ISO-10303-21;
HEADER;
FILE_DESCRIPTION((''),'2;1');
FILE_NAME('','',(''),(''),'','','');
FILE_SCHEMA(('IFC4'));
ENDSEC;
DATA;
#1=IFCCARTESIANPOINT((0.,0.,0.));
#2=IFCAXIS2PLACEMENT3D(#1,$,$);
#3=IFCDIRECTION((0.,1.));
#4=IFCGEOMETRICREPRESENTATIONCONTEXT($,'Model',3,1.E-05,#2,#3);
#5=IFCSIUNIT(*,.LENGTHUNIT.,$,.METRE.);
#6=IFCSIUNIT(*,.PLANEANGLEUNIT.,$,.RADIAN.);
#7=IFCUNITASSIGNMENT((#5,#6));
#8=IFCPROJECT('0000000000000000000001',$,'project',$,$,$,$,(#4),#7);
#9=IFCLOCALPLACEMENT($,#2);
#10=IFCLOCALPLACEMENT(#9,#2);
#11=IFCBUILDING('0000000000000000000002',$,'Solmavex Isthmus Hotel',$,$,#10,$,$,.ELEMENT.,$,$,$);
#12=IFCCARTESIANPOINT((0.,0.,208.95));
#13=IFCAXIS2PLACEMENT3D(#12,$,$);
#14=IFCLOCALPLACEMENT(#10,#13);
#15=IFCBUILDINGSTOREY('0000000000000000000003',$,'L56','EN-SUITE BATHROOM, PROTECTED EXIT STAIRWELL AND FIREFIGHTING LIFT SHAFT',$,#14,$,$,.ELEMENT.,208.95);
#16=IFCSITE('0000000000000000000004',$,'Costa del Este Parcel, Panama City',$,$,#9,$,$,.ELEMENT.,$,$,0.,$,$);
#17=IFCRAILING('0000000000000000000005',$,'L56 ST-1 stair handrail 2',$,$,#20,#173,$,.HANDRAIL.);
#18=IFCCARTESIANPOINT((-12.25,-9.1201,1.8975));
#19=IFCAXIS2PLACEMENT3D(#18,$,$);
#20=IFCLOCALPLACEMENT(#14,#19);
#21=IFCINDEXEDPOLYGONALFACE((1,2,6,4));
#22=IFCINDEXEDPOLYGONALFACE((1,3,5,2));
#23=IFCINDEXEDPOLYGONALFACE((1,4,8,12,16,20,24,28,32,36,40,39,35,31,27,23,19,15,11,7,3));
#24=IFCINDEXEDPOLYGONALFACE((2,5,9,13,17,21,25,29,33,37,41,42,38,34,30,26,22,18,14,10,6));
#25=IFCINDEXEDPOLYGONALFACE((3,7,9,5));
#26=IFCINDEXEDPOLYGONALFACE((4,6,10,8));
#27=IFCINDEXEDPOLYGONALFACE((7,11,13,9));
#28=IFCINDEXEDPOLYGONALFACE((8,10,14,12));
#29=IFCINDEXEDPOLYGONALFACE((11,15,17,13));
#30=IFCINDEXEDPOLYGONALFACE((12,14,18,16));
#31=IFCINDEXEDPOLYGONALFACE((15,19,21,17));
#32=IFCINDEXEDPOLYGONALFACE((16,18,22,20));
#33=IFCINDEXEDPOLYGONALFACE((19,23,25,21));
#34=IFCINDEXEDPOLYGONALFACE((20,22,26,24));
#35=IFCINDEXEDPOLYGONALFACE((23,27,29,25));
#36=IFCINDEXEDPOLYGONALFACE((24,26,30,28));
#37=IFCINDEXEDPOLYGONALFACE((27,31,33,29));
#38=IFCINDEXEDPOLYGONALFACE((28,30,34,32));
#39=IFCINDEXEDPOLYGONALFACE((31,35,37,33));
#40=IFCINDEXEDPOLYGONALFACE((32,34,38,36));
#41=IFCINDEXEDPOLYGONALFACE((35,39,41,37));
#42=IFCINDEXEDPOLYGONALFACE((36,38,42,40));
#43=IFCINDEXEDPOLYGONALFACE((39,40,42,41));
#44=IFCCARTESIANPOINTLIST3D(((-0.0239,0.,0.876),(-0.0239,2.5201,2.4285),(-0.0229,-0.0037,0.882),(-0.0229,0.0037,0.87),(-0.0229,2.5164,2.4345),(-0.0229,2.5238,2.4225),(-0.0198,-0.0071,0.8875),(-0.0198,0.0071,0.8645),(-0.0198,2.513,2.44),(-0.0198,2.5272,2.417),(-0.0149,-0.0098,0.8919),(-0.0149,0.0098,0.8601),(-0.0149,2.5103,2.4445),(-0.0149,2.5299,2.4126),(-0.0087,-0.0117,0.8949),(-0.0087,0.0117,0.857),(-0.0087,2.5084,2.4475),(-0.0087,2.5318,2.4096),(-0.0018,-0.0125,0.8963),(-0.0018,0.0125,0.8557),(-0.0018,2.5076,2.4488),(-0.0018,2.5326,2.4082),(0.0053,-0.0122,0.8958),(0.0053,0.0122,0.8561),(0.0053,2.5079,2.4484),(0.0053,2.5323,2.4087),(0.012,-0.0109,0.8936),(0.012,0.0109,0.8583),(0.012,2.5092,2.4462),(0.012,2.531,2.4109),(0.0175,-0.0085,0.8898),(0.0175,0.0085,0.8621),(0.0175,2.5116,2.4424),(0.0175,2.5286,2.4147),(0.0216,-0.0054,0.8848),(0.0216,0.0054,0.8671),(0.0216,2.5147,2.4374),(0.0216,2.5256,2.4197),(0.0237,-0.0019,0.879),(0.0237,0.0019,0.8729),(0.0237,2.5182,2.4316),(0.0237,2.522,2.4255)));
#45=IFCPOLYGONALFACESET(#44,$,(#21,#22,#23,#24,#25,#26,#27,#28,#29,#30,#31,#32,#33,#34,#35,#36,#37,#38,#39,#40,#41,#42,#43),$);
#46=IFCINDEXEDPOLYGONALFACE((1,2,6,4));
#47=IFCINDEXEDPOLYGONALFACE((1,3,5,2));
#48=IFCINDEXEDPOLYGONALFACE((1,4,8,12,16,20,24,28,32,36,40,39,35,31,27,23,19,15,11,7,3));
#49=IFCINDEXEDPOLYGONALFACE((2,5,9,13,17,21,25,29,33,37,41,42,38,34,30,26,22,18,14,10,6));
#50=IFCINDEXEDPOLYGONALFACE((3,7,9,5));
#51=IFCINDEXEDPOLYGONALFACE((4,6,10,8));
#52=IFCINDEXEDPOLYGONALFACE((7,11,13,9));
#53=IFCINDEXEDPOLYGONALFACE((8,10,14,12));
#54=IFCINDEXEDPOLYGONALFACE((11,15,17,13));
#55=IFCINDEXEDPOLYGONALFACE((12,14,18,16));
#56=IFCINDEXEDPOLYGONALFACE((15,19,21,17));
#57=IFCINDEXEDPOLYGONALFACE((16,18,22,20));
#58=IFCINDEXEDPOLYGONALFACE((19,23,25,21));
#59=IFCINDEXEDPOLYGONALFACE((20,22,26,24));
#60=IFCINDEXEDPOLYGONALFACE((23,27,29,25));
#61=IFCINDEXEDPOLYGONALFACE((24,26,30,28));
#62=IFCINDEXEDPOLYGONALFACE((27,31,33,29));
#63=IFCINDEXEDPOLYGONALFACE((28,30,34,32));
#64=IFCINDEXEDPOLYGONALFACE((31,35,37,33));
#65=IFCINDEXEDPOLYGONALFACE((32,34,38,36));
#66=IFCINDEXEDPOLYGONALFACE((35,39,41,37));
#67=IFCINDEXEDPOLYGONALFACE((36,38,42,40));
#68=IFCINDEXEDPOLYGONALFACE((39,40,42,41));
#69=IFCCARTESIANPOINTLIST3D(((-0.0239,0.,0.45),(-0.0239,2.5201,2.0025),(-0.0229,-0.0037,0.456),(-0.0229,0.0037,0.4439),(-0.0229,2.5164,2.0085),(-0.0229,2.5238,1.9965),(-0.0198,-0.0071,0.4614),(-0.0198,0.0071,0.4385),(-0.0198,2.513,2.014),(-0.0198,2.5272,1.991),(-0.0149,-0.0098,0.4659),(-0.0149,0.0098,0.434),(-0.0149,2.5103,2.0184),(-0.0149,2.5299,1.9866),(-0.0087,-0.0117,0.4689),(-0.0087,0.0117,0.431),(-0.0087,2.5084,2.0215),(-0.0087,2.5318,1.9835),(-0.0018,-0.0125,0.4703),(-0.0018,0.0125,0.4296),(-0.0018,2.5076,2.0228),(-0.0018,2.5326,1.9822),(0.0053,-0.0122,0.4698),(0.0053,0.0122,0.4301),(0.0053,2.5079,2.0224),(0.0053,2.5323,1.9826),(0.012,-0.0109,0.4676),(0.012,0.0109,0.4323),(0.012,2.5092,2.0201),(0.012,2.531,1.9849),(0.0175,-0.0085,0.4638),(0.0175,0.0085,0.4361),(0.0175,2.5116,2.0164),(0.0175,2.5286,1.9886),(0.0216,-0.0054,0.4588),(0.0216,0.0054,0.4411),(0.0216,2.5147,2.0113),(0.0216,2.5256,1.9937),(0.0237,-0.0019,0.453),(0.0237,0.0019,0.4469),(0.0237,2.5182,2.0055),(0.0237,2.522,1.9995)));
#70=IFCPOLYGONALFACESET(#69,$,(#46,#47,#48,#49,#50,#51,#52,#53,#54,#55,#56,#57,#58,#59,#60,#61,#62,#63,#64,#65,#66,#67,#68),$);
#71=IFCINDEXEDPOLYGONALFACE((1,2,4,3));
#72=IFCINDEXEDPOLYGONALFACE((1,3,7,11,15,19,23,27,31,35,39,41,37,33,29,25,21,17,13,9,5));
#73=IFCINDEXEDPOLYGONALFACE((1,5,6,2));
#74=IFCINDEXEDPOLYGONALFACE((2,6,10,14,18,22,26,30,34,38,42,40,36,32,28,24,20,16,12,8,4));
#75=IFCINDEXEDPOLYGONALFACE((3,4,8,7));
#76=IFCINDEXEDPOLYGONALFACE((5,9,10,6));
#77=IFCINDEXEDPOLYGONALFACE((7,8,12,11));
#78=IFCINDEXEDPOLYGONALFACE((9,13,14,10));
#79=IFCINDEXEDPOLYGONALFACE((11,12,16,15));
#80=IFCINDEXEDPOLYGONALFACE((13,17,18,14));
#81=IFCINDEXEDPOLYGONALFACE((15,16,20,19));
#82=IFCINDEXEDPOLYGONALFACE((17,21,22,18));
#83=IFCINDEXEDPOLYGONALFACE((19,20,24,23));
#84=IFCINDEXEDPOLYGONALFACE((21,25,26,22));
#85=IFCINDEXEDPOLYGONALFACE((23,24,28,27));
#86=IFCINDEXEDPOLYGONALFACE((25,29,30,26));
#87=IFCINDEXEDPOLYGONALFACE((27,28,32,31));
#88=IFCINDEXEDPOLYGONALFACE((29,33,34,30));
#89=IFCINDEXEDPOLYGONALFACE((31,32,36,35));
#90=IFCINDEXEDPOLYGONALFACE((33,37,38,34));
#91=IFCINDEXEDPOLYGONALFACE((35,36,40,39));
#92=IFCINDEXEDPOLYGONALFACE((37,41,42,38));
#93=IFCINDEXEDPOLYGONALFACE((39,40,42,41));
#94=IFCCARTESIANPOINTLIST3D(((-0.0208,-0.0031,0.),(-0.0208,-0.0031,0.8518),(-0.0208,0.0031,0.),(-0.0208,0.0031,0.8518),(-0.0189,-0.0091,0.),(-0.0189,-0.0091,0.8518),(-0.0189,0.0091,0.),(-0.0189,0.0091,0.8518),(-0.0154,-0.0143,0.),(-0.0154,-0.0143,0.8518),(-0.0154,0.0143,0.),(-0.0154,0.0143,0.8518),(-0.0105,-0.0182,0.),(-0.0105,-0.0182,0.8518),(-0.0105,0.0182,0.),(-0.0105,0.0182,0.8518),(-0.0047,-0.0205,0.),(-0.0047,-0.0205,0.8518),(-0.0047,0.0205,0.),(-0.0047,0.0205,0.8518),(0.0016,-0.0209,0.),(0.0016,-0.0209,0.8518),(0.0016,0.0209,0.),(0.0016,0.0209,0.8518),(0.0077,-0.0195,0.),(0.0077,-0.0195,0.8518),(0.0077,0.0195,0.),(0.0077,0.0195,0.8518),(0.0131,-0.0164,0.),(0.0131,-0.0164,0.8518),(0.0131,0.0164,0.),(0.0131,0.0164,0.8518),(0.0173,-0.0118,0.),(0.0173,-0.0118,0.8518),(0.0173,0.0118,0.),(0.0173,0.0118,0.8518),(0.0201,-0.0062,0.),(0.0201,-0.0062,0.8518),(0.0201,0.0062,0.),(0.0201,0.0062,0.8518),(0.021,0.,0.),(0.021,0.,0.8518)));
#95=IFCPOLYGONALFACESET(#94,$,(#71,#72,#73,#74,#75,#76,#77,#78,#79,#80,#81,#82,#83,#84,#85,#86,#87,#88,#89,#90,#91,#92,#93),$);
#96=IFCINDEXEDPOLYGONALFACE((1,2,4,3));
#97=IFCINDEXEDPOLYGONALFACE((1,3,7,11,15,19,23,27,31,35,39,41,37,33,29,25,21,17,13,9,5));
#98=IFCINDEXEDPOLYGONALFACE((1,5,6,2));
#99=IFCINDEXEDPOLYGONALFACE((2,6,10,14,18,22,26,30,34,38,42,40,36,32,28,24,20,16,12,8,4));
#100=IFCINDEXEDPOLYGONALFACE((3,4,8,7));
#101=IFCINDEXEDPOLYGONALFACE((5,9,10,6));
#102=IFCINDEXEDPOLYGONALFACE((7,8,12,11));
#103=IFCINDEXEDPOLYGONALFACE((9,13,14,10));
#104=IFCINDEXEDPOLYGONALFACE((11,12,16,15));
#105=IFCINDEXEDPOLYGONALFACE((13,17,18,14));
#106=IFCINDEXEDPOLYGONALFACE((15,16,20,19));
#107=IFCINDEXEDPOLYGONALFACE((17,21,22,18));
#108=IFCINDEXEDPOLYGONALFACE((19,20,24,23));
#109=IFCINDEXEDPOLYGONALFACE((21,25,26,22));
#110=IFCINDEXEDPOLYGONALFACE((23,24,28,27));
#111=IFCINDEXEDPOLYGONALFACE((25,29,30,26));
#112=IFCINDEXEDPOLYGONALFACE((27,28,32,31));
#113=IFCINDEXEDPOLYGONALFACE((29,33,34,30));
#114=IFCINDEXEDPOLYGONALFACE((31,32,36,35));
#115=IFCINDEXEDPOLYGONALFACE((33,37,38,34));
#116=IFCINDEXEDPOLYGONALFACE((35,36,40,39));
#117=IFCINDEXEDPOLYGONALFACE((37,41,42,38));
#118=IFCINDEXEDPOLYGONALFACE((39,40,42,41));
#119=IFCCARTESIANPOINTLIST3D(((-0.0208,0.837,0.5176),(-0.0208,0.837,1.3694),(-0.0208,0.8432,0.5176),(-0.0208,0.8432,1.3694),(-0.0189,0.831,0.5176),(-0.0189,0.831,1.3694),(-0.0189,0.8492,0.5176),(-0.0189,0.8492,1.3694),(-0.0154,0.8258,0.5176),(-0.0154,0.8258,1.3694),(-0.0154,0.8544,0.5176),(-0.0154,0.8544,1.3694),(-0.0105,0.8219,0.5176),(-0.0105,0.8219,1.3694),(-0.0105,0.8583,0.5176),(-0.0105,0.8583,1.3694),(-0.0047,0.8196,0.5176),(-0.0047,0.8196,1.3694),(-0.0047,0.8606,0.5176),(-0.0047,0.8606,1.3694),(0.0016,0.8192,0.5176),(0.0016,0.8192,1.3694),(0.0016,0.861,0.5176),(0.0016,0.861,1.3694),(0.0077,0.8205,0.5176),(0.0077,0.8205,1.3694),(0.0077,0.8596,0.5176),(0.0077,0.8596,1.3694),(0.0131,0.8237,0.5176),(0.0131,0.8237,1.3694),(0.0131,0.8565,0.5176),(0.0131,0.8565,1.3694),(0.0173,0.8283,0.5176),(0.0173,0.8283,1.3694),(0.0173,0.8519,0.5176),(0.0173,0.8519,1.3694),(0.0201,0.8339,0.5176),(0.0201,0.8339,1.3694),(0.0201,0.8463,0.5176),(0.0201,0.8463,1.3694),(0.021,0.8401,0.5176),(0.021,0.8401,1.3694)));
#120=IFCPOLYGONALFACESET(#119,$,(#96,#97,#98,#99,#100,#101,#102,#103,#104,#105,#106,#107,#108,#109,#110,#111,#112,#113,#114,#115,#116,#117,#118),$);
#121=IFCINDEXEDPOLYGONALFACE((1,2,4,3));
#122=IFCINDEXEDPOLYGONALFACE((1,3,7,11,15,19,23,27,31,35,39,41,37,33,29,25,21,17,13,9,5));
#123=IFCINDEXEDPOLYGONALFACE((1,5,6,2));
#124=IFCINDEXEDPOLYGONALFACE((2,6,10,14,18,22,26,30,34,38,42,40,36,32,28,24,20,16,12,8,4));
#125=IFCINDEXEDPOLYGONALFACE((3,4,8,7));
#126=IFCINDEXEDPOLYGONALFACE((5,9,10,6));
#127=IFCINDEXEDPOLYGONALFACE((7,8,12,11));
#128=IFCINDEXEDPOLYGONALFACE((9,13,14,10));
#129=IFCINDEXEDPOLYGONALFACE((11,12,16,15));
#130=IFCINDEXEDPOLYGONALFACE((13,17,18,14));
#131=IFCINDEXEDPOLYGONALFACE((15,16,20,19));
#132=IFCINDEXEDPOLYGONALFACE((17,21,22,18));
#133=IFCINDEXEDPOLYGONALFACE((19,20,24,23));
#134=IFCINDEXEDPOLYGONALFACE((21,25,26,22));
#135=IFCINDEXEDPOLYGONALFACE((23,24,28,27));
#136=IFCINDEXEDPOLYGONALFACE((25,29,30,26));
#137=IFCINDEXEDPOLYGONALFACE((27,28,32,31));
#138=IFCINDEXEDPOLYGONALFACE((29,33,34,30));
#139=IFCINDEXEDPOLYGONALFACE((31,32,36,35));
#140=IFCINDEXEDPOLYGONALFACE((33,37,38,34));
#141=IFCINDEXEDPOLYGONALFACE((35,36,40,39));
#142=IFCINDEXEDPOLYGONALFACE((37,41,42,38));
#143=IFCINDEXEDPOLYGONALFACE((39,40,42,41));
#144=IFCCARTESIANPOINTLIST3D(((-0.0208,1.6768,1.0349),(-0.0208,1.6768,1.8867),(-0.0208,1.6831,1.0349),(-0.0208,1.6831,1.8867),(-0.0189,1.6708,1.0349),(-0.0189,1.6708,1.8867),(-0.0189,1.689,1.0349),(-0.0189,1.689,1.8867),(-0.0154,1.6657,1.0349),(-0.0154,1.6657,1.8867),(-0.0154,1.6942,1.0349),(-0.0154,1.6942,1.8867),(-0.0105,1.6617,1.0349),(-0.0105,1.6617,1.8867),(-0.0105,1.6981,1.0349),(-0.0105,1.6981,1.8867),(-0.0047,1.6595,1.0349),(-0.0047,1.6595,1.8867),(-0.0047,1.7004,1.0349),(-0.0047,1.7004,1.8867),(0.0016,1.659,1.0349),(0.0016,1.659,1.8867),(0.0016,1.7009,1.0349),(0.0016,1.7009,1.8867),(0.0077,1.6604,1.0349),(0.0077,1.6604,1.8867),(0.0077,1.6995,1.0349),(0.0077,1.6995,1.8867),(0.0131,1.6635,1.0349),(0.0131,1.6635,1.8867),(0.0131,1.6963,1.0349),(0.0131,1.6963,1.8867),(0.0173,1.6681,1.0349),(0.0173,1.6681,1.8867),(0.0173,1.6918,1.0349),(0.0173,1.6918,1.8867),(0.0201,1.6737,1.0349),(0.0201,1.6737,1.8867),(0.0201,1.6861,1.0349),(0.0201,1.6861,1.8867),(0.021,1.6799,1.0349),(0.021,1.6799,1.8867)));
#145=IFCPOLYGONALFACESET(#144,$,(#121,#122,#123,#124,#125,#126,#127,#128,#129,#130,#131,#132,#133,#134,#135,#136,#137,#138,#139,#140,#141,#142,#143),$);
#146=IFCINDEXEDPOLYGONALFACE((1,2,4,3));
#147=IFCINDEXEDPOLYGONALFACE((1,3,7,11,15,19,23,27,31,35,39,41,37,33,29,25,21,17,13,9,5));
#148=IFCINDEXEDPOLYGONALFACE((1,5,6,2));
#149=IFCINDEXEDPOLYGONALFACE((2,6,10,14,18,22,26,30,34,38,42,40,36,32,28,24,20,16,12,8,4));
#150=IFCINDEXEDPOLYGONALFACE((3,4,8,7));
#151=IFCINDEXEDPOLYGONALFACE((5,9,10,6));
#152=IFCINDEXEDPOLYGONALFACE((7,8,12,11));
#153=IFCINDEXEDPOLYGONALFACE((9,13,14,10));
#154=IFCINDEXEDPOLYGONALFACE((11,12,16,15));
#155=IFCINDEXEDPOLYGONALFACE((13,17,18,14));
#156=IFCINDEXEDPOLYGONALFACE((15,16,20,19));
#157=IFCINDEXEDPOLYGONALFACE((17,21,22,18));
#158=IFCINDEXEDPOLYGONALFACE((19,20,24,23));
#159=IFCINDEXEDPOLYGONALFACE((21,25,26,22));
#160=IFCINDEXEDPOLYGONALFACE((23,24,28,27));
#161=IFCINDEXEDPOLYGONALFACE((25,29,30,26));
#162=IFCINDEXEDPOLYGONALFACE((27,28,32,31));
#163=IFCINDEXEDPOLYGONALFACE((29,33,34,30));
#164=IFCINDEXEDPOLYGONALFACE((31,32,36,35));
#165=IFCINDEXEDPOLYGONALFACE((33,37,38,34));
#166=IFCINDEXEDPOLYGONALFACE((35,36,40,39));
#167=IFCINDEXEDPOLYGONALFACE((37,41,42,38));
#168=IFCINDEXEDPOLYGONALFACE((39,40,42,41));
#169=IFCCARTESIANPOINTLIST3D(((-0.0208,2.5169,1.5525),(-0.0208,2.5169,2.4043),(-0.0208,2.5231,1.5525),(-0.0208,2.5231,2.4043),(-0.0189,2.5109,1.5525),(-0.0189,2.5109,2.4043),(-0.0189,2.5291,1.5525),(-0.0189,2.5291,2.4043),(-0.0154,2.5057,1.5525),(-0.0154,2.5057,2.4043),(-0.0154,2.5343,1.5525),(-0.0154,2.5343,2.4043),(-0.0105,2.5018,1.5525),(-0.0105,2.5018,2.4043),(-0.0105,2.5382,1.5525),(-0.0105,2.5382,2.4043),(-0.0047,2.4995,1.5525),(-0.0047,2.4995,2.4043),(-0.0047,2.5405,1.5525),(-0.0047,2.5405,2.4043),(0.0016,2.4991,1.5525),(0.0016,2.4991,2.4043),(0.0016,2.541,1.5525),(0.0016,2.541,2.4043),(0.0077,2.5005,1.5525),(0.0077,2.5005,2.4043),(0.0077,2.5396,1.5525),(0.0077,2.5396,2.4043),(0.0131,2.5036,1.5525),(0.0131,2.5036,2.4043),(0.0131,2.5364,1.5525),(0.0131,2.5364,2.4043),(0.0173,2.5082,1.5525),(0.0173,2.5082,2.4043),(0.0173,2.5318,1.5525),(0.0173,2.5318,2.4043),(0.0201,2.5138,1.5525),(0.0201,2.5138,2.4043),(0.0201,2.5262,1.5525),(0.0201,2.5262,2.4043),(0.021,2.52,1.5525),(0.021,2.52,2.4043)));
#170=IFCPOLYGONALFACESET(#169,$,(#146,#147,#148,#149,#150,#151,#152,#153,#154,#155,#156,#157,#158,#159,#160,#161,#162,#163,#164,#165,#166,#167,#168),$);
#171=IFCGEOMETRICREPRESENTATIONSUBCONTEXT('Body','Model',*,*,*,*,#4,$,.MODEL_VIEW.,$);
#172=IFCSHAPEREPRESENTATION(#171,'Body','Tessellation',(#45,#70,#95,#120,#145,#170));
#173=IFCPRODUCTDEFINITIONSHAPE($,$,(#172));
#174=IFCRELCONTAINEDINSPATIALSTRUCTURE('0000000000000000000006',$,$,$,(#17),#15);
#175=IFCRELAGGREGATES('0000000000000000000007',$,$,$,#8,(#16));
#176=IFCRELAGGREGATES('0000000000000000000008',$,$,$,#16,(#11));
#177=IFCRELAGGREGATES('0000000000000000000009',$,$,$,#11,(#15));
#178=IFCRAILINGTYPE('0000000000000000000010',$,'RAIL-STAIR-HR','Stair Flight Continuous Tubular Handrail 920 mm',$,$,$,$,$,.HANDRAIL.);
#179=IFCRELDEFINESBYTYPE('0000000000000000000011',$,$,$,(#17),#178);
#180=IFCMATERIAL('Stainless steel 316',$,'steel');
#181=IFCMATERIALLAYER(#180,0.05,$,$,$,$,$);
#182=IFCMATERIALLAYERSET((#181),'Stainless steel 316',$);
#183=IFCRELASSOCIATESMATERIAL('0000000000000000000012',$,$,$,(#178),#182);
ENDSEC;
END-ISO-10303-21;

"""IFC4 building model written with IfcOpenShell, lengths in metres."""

from ifc_helpers import new_model, si_unit, direction, frame, origin, origin_2d, place, context, subcontext, project, spatial, circle, extrude, material, layer, layer_set, type_object, element, save


model = new_model("IFC4")

# Units and contexts
model_context = context("Model", 3, precision=1e-05, world=origin(), true_north=direction((0.0, 1.0)))
body_context = subcontext(model_context, "Body", "Model", "MODEL_VIEW")
ifc_project = project(units=[si_unit("LENGTHUNIT", "METRE"), si_unit("PLANEANGLEUNIT", "RADIAN")], contexts=[model_context])

# Site, building, storey
site_placement = place(None, origin())
site = spatial("IfcSite", under=ifc_project, at=site_placement, Name="Costa del Este Parcel, Panama City", CompositionType="ELEMENT", RefElevation=0.0)
building_placement = place(site_placement, origin())
building = spatial("IfcBuilding", under=site, at=building_placement, Name="Solmavex Isthmus Hotel", CompositionType="ELEMENT")
storey_placement = place(building_placement, frame((0.0, 0.0, 208.95)))
storey = spatial("IfcBuildingStorey", under=building, at=storey_placement, Name="L56", Description="EN-SUITE BATHROOM, PROTECTED EXIT STAIRWELL AND FIREFIGHTING LIFT SHAFT", CompositionType="ELEMENT", Elevation=208.95)

# Shared definitions
ifc_material_1 = material(Name="Stainless steel 316", Category="steel")

# Railing
ifc_layer_1 = layer(ifc_material_1, 0.05)
ifc_layer_set_1 = layer_set([ifc_layer_1], Name="Stainless steel 316")
railing_type = type_object("IfcRailingType", Name="RAIL-STAIR-HR", Description="Stair Flight Continuous Tubular Handrail 920 mm", PredefinedType="HANDRAIL", material=ifc_layer_set_1)
railing_placement = place(storey_placement, frame((-12.25, -9.1201, 1.8975)))
element("IfcRailing", 1, at=railing_placement, inside=storey, type_object=railing_type, Name="L56 ST-1 stair handrail 2", PredefinedType="HANDRAIL", context=body_context, shape_type="SweptSolid", body=[
    extrude(circle(Radius=0.0239, at=origin_2d()), frame((0.0, 0.0, 0.876), z_axis=(0.0, 0.8514, 0.524516), x_axis=(-1.0, 0.0, 0.0)), (0.0, 0.0, 1.0), 2.96),
    extrude(circle(Radius=0.0239, at=origin_2d()), frame((0.0, 0.0, 0.45), z_axis=(0.0, 0.8514, 0.524516), x_axis=(-1.0, 0.0, 0.0)), (0.0, 0.0, 1.0), 2.96),
    extrude(circle(Radius=0.021, at=origin_2d()), origin(), (0.0, 0.0, 1.0), 0.8518),
    extrude(circle(Radius=0.021, at=origin_2d()), frame((0.0, 0.8401, 0.5176)), (0.0, 0.0, 1.0), 0.8518),
    extrude(circle(Radius=0.021, at=origin_2d()), frame((0.0, 1.6799, 1.0349)), (0.0, 0.0, 1.0), 0.8518),
    extrude(circle(Radius=0.021, at=origin_2d()), frame((0.0, 2.52, 1.5525)), (0.0, 0.0, 1.0), 0.8518),
])

save(model, "model.ifc")
